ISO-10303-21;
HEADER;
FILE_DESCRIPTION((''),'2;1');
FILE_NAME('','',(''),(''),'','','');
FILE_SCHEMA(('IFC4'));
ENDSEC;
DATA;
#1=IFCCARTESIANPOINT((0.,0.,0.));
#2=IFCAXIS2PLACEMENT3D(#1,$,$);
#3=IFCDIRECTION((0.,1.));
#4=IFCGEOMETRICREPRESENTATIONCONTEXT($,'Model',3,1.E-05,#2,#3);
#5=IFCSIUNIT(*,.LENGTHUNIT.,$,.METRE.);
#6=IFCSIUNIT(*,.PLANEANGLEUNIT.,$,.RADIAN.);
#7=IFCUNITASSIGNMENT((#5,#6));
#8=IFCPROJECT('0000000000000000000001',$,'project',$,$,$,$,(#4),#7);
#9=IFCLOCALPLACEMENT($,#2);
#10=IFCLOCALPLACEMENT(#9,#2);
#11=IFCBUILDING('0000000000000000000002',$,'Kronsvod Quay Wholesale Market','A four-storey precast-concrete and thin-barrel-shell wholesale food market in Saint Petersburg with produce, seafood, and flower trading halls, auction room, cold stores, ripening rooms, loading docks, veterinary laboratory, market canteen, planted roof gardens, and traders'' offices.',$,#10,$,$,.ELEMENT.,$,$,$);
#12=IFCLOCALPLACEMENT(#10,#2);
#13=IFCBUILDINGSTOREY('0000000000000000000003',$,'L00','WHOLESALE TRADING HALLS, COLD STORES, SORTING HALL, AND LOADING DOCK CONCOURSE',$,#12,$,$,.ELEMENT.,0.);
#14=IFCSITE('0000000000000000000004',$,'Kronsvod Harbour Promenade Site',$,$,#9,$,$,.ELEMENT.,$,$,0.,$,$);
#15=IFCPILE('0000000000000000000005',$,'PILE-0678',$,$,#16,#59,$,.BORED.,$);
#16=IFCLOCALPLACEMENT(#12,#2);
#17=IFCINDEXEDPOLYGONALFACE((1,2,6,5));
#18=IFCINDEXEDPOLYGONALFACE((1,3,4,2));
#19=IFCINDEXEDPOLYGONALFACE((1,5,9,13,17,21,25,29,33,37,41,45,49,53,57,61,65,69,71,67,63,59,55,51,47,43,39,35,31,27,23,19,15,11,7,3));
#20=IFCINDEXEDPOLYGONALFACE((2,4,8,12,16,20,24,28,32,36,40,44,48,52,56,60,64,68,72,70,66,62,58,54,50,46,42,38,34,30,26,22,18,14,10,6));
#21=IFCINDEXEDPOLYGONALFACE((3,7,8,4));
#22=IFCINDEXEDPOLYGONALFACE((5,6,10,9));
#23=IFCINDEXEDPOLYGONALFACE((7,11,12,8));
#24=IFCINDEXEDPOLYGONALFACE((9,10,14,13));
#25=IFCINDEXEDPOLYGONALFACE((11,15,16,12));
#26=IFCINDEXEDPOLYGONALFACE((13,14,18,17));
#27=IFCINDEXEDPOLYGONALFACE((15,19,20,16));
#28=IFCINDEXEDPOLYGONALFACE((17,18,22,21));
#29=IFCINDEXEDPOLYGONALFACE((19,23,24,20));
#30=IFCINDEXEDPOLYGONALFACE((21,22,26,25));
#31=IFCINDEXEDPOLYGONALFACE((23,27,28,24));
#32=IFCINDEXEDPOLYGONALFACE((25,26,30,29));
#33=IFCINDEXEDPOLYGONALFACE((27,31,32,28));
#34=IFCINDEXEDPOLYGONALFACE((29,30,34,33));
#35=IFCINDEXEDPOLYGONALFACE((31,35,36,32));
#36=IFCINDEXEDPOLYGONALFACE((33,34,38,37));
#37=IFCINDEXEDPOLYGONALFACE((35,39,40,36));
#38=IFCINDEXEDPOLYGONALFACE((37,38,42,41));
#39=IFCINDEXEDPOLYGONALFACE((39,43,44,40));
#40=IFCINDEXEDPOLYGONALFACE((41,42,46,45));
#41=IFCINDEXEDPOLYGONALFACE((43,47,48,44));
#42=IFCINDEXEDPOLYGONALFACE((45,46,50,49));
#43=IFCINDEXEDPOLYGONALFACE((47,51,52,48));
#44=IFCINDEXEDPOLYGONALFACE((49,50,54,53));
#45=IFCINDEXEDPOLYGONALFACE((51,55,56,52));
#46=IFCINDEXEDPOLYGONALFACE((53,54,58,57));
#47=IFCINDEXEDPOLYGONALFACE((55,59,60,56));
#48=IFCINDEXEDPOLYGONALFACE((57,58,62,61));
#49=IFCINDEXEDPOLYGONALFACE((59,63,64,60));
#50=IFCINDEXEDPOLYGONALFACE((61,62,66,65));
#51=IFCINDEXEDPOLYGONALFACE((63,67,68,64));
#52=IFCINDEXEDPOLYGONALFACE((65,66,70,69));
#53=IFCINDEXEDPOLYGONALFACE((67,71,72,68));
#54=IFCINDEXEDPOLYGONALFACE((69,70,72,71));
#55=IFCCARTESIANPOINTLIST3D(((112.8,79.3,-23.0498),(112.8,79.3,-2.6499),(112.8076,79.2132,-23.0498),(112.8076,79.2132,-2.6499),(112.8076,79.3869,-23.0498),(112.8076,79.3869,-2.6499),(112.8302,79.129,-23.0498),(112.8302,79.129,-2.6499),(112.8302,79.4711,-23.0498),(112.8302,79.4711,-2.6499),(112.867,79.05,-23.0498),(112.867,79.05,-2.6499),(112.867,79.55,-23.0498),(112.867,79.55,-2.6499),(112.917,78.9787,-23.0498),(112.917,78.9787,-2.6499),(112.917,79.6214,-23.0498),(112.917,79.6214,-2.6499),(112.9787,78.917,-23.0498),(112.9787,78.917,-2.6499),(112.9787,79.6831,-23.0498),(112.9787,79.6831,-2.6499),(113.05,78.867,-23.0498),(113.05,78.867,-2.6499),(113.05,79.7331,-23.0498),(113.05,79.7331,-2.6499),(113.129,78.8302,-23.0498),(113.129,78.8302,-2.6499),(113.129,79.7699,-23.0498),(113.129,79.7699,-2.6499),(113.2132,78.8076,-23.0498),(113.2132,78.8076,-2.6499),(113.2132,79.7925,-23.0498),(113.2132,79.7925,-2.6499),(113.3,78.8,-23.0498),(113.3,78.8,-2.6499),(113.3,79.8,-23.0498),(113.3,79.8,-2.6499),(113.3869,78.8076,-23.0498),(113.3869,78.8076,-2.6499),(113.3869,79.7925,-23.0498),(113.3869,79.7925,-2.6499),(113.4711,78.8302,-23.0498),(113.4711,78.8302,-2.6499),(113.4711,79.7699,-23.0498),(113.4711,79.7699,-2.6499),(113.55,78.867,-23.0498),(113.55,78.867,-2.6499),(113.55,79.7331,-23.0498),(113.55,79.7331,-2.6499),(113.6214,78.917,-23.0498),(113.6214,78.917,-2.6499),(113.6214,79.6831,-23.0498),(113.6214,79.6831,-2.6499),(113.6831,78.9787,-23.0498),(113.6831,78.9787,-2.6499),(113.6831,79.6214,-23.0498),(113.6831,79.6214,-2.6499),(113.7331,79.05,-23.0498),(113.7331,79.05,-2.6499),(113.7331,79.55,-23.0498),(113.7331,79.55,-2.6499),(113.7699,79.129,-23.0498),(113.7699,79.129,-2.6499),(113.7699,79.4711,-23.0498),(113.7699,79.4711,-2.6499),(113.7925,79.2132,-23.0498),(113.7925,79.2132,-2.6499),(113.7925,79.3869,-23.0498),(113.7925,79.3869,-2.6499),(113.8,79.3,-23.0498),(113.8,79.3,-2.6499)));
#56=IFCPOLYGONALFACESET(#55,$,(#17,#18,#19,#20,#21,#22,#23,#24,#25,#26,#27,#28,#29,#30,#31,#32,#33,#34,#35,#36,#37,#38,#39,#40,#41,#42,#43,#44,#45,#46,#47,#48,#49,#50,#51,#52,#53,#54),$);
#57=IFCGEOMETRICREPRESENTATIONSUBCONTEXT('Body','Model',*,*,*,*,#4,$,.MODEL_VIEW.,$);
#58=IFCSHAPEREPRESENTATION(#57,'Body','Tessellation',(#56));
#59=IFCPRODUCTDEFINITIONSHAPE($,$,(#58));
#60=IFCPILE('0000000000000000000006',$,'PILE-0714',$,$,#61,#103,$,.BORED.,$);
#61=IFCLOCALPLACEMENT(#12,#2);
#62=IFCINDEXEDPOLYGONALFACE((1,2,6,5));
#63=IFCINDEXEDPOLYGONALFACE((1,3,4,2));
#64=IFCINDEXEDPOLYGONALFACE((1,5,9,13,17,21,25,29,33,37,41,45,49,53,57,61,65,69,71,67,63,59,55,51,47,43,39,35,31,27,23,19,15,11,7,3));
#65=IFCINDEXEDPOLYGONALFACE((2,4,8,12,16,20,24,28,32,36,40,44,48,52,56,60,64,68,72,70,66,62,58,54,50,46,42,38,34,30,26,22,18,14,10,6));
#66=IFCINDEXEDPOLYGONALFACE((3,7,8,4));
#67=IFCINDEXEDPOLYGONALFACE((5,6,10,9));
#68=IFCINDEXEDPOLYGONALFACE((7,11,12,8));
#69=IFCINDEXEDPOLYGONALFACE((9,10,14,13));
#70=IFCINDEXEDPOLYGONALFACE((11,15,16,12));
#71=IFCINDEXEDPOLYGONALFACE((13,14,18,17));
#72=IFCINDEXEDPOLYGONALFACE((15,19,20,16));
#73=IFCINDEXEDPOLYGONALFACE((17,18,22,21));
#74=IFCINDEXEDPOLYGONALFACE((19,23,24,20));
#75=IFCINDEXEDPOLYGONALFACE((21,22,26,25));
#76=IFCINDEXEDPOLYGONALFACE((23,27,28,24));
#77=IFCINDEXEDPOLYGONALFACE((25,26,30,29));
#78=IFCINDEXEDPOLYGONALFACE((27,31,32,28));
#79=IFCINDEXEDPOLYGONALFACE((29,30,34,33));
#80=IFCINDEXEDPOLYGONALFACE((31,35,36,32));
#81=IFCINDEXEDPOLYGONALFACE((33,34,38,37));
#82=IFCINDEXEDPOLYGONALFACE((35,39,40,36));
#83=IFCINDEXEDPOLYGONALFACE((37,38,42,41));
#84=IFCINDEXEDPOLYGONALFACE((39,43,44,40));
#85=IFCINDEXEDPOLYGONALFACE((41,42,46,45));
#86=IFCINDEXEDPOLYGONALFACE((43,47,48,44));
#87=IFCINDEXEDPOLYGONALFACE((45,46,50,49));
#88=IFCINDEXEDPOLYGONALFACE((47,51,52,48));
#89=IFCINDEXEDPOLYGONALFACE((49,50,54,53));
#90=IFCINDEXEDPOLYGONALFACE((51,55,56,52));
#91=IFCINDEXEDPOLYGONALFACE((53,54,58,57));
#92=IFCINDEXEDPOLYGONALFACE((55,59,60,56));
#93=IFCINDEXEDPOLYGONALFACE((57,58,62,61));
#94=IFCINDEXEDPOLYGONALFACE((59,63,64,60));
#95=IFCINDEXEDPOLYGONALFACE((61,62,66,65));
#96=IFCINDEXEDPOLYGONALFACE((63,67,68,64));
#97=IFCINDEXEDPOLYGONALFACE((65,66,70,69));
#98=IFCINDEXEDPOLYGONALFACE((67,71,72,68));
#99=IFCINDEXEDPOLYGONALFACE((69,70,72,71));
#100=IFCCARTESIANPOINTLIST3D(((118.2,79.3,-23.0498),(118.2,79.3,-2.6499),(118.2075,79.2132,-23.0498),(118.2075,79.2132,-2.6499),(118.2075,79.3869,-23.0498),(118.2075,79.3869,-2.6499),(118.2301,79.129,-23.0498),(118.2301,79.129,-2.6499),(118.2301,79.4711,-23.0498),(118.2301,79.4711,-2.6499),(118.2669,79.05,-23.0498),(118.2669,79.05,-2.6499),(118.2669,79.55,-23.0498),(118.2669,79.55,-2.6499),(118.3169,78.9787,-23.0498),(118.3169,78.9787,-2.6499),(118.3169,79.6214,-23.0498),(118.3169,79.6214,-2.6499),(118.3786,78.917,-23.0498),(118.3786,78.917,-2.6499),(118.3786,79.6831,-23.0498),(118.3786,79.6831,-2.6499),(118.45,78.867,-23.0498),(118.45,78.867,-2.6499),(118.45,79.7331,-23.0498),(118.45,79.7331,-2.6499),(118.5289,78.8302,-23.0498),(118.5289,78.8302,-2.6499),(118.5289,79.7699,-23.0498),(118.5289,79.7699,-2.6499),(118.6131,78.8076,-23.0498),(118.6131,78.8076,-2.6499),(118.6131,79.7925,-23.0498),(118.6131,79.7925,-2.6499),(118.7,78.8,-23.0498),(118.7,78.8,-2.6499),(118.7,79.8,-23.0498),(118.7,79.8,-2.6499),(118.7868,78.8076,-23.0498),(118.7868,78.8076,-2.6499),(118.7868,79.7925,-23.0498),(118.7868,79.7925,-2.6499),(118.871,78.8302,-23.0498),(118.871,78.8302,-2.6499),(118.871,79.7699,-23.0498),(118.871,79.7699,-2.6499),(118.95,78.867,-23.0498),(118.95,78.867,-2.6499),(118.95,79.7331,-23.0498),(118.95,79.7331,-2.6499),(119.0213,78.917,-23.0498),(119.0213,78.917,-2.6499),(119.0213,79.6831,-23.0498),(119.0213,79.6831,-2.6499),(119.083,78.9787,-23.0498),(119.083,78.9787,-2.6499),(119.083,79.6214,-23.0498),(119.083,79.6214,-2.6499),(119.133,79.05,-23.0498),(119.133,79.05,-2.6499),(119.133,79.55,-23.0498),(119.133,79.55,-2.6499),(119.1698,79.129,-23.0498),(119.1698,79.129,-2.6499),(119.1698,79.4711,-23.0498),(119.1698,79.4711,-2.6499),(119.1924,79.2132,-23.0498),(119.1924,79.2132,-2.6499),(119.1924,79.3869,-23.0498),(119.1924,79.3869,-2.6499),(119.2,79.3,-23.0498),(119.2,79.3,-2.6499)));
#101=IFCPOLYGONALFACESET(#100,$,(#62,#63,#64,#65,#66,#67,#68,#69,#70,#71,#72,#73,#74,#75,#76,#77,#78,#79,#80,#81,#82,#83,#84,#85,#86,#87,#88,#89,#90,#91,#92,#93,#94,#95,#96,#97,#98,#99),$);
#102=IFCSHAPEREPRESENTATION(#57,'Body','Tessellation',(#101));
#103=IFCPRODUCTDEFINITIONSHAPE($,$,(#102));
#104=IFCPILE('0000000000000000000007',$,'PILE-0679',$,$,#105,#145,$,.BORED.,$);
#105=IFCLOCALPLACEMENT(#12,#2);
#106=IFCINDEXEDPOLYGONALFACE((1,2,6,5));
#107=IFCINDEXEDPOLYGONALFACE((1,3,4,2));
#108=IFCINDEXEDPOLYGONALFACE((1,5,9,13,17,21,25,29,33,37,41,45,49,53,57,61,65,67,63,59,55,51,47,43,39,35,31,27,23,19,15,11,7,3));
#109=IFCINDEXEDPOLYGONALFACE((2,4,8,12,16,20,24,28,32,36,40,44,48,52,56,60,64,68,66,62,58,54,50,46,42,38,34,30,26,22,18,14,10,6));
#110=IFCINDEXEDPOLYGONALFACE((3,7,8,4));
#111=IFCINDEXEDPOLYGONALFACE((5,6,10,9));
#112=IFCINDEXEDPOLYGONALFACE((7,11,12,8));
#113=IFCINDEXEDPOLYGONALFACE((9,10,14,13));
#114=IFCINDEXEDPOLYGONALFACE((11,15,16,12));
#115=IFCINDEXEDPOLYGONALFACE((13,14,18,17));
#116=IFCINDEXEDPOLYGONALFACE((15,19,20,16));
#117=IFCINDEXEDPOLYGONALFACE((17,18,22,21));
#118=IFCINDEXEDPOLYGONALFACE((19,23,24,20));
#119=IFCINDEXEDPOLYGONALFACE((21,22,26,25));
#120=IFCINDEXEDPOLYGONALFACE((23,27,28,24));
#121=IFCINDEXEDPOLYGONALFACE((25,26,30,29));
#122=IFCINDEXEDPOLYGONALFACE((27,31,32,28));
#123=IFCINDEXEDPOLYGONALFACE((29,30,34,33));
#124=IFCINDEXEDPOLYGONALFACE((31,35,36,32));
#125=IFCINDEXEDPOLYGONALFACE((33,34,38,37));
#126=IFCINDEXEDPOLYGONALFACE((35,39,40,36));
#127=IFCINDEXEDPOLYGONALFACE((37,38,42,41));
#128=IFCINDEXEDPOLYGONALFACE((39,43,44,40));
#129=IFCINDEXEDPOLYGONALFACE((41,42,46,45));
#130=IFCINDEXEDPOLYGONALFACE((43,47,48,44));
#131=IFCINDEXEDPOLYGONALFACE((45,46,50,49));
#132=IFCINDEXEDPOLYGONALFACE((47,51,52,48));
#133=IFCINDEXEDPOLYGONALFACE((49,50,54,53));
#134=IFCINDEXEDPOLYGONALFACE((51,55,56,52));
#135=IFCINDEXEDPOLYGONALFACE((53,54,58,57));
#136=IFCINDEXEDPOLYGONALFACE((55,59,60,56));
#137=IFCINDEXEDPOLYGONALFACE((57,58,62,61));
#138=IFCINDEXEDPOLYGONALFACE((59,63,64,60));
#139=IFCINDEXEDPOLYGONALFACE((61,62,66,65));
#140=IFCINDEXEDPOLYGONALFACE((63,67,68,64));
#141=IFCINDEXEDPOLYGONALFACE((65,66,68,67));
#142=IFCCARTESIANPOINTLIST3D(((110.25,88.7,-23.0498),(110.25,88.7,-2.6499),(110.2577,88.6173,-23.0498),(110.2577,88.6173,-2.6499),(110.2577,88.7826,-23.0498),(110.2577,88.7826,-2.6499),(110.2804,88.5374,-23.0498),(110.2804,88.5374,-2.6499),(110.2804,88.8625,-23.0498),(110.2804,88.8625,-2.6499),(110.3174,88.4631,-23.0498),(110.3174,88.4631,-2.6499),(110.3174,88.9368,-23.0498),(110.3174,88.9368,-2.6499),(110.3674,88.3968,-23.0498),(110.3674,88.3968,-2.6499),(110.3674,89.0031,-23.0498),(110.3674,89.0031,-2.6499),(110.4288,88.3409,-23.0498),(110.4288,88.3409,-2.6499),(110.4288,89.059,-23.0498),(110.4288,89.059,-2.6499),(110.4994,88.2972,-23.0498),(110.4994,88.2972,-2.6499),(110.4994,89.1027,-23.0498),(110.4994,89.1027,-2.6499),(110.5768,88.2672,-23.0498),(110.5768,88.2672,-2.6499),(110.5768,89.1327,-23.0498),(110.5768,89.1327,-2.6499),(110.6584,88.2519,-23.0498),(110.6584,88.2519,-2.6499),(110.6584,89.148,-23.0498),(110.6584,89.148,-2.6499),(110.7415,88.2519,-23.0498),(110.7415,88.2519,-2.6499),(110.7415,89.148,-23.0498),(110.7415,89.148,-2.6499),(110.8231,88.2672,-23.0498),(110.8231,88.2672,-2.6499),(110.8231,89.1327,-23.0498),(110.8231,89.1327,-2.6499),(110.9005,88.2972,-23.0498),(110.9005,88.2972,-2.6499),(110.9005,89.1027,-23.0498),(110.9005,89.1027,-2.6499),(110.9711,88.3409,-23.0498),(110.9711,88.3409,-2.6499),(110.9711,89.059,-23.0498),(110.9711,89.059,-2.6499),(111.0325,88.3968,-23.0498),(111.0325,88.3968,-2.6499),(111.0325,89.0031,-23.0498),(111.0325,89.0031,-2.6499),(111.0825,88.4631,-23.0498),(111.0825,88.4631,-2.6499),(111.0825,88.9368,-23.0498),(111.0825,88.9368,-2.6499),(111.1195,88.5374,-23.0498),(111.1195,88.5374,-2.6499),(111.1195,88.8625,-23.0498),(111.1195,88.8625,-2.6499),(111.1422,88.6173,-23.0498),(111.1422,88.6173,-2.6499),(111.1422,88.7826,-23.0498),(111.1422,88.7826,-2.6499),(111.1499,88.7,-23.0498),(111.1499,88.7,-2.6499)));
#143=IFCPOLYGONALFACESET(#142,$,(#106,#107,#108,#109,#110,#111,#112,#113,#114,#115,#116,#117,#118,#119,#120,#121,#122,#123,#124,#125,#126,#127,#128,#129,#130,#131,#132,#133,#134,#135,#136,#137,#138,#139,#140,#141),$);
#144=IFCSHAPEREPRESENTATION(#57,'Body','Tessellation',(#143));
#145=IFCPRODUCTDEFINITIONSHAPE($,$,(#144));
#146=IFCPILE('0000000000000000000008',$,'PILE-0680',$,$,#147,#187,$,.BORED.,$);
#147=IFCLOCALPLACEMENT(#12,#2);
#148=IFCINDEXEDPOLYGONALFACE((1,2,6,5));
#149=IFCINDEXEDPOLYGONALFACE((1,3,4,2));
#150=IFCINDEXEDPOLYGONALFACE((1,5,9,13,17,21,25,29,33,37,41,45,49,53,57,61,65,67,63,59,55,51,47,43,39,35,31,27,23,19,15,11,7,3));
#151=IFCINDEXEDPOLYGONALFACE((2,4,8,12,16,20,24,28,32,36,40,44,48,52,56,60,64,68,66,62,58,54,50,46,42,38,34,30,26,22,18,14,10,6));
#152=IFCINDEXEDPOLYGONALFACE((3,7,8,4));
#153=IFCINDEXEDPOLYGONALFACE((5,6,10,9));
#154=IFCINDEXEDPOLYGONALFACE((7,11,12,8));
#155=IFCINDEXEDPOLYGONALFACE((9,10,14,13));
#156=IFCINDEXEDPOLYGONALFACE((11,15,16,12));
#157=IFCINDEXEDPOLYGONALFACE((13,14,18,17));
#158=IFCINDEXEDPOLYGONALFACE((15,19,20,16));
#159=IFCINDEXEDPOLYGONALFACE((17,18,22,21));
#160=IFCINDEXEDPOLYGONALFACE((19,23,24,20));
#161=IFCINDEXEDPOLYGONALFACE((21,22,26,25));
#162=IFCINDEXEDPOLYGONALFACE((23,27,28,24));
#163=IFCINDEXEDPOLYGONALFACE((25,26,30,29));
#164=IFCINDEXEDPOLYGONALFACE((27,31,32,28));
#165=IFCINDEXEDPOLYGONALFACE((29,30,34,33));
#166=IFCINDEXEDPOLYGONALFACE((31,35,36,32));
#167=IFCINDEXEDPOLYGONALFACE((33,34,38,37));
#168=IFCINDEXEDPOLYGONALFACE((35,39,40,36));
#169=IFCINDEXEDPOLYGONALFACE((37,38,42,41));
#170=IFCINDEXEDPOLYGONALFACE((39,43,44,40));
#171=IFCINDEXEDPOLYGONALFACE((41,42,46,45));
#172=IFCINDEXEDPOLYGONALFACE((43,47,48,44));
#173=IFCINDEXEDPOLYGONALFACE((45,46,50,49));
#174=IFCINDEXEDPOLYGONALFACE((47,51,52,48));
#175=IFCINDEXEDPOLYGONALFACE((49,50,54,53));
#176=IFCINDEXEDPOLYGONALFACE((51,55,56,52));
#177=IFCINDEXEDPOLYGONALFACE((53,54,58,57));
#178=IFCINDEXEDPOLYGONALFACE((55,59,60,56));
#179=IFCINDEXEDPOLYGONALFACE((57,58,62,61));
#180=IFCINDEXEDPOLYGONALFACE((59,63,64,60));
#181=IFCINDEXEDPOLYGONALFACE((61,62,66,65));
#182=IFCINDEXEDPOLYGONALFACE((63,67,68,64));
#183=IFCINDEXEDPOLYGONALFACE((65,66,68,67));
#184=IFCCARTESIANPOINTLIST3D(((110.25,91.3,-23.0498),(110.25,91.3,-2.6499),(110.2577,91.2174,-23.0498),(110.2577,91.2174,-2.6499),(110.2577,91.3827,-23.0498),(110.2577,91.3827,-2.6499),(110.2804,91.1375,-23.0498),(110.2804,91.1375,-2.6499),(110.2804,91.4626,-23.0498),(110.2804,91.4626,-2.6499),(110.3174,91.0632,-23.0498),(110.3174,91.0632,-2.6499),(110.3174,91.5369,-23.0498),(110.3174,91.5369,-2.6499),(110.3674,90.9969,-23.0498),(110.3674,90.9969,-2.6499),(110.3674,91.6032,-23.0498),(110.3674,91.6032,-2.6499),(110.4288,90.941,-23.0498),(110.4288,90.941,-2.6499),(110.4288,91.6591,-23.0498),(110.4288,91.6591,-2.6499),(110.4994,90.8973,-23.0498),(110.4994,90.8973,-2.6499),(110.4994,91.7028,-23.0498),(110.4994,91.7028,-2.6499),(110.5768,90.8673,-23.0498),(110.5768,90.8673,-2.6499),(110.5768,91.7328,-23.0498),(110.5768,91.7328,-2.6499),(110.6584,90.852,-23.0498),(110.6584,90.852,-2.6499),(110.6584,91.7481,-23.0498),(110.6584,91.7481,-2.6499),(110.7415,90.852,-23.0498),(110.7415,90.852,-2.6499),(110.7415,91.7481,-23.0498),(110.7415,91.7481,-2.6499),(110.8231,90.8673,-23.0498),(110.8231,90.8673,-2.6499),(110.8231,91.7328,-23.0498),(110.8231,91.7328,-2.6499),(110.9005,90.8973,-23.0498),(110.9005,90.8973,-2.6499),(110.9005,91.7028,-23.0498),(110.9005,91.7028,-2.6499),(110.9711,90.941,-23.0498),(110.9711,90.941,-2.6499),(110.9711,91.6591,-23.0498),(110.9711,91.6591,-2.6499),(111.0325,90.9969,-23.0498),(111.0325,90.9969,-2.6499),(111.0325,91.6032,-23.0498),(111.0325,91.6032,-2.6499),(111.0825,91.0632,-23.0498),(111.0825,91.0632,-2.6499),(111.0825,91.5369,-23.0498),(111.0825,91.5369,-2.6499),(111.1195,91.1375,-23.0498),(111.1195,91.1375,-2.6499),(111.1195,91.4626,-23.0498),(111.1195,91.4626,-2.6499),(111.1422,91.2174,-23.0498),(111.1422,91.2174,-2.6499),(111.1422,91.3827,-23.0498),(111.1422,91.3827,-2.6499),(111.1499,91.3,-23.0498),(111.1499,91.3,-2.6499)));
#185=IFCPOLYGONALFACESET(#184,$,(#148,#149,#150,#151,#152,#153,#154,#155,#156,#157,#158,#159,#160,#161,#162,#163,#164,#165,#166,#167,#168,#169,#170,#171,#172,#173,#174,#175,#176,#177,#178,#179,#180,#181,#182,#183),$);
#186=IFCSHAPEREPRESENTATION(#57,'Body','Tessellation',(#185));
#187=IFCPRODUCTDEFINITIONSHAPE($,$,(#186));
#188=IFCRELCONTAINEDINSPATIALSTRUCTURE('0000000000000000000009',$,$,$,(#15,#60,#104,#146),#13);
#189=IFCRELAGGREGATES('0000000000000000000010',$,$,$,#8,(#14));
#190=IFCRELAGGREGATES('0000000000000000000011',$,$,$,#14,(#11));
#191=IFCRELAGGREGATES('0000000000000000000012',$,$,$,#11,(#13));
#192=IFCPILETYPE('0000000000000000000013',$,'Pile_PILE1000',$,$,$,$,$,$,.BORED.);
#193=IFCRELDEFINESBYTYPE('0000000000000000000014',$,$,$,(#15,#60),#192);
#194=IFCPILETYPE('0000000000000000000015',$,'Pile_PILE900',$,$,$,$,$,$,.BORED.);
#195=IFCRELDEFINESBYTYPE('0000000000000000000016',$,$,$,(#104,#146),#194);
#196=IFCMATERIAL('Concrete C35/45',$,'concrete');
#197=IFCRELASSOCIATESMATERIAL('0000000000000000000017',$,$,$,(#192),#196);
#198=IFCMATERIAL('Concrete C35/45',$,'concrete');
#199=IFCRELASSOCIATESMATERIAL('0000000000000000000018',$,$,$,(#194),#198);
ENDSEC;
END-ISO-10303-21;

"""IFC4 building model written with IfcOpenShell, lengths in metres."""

from ifc_helpers import new_model, si_unit, direction, frame, origin, origin_2d, place, context, subcontext, project, spatial, circle, extrude, material, material_profile, profile_set, type_object, element, save


model = new_model("IFC4")

# Units and contexts
model_context = context("Model", 3, precision=1e-05, world=origin(), true_north=direction((0.0, 1.0)))
body_context = subcontext(model_context, "Body", "Model", "MODEL_VIEW")
ifc_project = project(units=[si_unit("LENGTHUNIT", "METRE"), si_unit("PLANEANGLEUNIT", "RADIAN")], contexts=[model_context])

# Site, building, storey
site_placement = place(None, origin())
site = spatial("IfcSite", under=ifc_project, at=site_placement, Name="Kronsvod Harbour Promenade Site", CompositionType="ELEMENT", RefElevation=0.0)
building_placement = place(site_placement, origin())
building = spatial("IfcBuilding", under=site, at=building_placement, Name="Kronsvod Quay Wholesale Market", Description="A four-storey precast-concrete and thin-barrel-shell wholesale food market in Saint Petersburg with produce, seafood, and flower trading halls, auction room, cold stores, ripening rooms, loading docks, veterinary laboratory, market canteen, planted roof gardens, and traders' offices.", CompositionType="ELEMENT")
storey_placement = place(building_placement, origin())
storey = spatial("IfcBuildingStorey", under=building, at=storey_placement, Name="L00", Description="WHOLESALE TRADING HALLS, COLD STORES, SORTING HALL, AND LOADING DOCK CONCOURSE", CompositionType="ELEMENT", Elevation=0.0)

# Piles
ifc_material_1 = material(Name="Concrete C35/45", Category="concrete")
ifc_material_profile_1 = material_profile(ifc_material_1, circle(Radius=0.5, at=origin_2d()), Name="PILE1000")
ifc_profile_set_1 = profile_set([ifc_material_profile_1], Name="Concrete C35/45")
pile_type_1 = type_object("IfcPileType", Name="Pile_PILE1000", PredefinedType="BORED", material=ifc_profile_set_1)
for number, where, z_axis, x_axis, name in (
    (1, (113.3, 79.3, -2.6499), (0.0, 0.0, -1.0), (1.0, 0.0, 0.0), "PILE-0678"),
    (2, (118.7, 79.3, -2.6499), (0.0, 0.0, -1.0), (1.0, 0.0, 0.0), "PILE-0714"),
):
    element("IfcPile", number, at=place(storey_placement, frame(where, z_axis=z_axis, x_axis=x_axis)), inside=storey, type_object=pile_type_1, Name=name, PredefinedType="BORED", context=body_context, shape_type="SweptSolid", body=[
        extrude(circle(Radius=0.5, at=origin_2d()), origin(), (0.0, 0.0, 1.0), 20.3999),
    ])
ifc_material_2 = material(Name="Concrete C35/45", Category="concrete")
ifc_material_profile_2 = material_profile(ifc_material_2, circle(Radius=0.45, at=origin_2d()), Name="PILE900")
ifc_profile_set_2 = profile_set([ifc_material_profile_2], Name="Concrete C35/45")
pile_type_2 = type_object("IfcPileType", Name="Pile_PILE900", PredefinedType="BORED", material=ifc_profile_set_2)
for number, where, z_axis, x_axis, name in (
    (3, (110.7, 88.7, -2.6499), (0.0, 0.0, -1.0), (1.0, 0.0, 0.0), "PILE-0679"),
    (4, (110.7, 91.3, -2.6499), (0.0, 0.0, -1.0), (1.0, 0.0, 0.0), "PILE-0680"),
):
    element("IfcPile", number, at=place(storey_placement, frame(where, z_axis=z_axis, x_axis=x_axis)), inside=storey, type_object=pile_type_2, Name=name, PredefinedType="BORED", context=body_context, shape_type="SweptSolid", body=[
        extrude(circle(Radius=0.45, at=origin_2d()), origin(), (0.0, 0.0, 1.0), 20.3999),
    ])

save(model, "model.ifc")
